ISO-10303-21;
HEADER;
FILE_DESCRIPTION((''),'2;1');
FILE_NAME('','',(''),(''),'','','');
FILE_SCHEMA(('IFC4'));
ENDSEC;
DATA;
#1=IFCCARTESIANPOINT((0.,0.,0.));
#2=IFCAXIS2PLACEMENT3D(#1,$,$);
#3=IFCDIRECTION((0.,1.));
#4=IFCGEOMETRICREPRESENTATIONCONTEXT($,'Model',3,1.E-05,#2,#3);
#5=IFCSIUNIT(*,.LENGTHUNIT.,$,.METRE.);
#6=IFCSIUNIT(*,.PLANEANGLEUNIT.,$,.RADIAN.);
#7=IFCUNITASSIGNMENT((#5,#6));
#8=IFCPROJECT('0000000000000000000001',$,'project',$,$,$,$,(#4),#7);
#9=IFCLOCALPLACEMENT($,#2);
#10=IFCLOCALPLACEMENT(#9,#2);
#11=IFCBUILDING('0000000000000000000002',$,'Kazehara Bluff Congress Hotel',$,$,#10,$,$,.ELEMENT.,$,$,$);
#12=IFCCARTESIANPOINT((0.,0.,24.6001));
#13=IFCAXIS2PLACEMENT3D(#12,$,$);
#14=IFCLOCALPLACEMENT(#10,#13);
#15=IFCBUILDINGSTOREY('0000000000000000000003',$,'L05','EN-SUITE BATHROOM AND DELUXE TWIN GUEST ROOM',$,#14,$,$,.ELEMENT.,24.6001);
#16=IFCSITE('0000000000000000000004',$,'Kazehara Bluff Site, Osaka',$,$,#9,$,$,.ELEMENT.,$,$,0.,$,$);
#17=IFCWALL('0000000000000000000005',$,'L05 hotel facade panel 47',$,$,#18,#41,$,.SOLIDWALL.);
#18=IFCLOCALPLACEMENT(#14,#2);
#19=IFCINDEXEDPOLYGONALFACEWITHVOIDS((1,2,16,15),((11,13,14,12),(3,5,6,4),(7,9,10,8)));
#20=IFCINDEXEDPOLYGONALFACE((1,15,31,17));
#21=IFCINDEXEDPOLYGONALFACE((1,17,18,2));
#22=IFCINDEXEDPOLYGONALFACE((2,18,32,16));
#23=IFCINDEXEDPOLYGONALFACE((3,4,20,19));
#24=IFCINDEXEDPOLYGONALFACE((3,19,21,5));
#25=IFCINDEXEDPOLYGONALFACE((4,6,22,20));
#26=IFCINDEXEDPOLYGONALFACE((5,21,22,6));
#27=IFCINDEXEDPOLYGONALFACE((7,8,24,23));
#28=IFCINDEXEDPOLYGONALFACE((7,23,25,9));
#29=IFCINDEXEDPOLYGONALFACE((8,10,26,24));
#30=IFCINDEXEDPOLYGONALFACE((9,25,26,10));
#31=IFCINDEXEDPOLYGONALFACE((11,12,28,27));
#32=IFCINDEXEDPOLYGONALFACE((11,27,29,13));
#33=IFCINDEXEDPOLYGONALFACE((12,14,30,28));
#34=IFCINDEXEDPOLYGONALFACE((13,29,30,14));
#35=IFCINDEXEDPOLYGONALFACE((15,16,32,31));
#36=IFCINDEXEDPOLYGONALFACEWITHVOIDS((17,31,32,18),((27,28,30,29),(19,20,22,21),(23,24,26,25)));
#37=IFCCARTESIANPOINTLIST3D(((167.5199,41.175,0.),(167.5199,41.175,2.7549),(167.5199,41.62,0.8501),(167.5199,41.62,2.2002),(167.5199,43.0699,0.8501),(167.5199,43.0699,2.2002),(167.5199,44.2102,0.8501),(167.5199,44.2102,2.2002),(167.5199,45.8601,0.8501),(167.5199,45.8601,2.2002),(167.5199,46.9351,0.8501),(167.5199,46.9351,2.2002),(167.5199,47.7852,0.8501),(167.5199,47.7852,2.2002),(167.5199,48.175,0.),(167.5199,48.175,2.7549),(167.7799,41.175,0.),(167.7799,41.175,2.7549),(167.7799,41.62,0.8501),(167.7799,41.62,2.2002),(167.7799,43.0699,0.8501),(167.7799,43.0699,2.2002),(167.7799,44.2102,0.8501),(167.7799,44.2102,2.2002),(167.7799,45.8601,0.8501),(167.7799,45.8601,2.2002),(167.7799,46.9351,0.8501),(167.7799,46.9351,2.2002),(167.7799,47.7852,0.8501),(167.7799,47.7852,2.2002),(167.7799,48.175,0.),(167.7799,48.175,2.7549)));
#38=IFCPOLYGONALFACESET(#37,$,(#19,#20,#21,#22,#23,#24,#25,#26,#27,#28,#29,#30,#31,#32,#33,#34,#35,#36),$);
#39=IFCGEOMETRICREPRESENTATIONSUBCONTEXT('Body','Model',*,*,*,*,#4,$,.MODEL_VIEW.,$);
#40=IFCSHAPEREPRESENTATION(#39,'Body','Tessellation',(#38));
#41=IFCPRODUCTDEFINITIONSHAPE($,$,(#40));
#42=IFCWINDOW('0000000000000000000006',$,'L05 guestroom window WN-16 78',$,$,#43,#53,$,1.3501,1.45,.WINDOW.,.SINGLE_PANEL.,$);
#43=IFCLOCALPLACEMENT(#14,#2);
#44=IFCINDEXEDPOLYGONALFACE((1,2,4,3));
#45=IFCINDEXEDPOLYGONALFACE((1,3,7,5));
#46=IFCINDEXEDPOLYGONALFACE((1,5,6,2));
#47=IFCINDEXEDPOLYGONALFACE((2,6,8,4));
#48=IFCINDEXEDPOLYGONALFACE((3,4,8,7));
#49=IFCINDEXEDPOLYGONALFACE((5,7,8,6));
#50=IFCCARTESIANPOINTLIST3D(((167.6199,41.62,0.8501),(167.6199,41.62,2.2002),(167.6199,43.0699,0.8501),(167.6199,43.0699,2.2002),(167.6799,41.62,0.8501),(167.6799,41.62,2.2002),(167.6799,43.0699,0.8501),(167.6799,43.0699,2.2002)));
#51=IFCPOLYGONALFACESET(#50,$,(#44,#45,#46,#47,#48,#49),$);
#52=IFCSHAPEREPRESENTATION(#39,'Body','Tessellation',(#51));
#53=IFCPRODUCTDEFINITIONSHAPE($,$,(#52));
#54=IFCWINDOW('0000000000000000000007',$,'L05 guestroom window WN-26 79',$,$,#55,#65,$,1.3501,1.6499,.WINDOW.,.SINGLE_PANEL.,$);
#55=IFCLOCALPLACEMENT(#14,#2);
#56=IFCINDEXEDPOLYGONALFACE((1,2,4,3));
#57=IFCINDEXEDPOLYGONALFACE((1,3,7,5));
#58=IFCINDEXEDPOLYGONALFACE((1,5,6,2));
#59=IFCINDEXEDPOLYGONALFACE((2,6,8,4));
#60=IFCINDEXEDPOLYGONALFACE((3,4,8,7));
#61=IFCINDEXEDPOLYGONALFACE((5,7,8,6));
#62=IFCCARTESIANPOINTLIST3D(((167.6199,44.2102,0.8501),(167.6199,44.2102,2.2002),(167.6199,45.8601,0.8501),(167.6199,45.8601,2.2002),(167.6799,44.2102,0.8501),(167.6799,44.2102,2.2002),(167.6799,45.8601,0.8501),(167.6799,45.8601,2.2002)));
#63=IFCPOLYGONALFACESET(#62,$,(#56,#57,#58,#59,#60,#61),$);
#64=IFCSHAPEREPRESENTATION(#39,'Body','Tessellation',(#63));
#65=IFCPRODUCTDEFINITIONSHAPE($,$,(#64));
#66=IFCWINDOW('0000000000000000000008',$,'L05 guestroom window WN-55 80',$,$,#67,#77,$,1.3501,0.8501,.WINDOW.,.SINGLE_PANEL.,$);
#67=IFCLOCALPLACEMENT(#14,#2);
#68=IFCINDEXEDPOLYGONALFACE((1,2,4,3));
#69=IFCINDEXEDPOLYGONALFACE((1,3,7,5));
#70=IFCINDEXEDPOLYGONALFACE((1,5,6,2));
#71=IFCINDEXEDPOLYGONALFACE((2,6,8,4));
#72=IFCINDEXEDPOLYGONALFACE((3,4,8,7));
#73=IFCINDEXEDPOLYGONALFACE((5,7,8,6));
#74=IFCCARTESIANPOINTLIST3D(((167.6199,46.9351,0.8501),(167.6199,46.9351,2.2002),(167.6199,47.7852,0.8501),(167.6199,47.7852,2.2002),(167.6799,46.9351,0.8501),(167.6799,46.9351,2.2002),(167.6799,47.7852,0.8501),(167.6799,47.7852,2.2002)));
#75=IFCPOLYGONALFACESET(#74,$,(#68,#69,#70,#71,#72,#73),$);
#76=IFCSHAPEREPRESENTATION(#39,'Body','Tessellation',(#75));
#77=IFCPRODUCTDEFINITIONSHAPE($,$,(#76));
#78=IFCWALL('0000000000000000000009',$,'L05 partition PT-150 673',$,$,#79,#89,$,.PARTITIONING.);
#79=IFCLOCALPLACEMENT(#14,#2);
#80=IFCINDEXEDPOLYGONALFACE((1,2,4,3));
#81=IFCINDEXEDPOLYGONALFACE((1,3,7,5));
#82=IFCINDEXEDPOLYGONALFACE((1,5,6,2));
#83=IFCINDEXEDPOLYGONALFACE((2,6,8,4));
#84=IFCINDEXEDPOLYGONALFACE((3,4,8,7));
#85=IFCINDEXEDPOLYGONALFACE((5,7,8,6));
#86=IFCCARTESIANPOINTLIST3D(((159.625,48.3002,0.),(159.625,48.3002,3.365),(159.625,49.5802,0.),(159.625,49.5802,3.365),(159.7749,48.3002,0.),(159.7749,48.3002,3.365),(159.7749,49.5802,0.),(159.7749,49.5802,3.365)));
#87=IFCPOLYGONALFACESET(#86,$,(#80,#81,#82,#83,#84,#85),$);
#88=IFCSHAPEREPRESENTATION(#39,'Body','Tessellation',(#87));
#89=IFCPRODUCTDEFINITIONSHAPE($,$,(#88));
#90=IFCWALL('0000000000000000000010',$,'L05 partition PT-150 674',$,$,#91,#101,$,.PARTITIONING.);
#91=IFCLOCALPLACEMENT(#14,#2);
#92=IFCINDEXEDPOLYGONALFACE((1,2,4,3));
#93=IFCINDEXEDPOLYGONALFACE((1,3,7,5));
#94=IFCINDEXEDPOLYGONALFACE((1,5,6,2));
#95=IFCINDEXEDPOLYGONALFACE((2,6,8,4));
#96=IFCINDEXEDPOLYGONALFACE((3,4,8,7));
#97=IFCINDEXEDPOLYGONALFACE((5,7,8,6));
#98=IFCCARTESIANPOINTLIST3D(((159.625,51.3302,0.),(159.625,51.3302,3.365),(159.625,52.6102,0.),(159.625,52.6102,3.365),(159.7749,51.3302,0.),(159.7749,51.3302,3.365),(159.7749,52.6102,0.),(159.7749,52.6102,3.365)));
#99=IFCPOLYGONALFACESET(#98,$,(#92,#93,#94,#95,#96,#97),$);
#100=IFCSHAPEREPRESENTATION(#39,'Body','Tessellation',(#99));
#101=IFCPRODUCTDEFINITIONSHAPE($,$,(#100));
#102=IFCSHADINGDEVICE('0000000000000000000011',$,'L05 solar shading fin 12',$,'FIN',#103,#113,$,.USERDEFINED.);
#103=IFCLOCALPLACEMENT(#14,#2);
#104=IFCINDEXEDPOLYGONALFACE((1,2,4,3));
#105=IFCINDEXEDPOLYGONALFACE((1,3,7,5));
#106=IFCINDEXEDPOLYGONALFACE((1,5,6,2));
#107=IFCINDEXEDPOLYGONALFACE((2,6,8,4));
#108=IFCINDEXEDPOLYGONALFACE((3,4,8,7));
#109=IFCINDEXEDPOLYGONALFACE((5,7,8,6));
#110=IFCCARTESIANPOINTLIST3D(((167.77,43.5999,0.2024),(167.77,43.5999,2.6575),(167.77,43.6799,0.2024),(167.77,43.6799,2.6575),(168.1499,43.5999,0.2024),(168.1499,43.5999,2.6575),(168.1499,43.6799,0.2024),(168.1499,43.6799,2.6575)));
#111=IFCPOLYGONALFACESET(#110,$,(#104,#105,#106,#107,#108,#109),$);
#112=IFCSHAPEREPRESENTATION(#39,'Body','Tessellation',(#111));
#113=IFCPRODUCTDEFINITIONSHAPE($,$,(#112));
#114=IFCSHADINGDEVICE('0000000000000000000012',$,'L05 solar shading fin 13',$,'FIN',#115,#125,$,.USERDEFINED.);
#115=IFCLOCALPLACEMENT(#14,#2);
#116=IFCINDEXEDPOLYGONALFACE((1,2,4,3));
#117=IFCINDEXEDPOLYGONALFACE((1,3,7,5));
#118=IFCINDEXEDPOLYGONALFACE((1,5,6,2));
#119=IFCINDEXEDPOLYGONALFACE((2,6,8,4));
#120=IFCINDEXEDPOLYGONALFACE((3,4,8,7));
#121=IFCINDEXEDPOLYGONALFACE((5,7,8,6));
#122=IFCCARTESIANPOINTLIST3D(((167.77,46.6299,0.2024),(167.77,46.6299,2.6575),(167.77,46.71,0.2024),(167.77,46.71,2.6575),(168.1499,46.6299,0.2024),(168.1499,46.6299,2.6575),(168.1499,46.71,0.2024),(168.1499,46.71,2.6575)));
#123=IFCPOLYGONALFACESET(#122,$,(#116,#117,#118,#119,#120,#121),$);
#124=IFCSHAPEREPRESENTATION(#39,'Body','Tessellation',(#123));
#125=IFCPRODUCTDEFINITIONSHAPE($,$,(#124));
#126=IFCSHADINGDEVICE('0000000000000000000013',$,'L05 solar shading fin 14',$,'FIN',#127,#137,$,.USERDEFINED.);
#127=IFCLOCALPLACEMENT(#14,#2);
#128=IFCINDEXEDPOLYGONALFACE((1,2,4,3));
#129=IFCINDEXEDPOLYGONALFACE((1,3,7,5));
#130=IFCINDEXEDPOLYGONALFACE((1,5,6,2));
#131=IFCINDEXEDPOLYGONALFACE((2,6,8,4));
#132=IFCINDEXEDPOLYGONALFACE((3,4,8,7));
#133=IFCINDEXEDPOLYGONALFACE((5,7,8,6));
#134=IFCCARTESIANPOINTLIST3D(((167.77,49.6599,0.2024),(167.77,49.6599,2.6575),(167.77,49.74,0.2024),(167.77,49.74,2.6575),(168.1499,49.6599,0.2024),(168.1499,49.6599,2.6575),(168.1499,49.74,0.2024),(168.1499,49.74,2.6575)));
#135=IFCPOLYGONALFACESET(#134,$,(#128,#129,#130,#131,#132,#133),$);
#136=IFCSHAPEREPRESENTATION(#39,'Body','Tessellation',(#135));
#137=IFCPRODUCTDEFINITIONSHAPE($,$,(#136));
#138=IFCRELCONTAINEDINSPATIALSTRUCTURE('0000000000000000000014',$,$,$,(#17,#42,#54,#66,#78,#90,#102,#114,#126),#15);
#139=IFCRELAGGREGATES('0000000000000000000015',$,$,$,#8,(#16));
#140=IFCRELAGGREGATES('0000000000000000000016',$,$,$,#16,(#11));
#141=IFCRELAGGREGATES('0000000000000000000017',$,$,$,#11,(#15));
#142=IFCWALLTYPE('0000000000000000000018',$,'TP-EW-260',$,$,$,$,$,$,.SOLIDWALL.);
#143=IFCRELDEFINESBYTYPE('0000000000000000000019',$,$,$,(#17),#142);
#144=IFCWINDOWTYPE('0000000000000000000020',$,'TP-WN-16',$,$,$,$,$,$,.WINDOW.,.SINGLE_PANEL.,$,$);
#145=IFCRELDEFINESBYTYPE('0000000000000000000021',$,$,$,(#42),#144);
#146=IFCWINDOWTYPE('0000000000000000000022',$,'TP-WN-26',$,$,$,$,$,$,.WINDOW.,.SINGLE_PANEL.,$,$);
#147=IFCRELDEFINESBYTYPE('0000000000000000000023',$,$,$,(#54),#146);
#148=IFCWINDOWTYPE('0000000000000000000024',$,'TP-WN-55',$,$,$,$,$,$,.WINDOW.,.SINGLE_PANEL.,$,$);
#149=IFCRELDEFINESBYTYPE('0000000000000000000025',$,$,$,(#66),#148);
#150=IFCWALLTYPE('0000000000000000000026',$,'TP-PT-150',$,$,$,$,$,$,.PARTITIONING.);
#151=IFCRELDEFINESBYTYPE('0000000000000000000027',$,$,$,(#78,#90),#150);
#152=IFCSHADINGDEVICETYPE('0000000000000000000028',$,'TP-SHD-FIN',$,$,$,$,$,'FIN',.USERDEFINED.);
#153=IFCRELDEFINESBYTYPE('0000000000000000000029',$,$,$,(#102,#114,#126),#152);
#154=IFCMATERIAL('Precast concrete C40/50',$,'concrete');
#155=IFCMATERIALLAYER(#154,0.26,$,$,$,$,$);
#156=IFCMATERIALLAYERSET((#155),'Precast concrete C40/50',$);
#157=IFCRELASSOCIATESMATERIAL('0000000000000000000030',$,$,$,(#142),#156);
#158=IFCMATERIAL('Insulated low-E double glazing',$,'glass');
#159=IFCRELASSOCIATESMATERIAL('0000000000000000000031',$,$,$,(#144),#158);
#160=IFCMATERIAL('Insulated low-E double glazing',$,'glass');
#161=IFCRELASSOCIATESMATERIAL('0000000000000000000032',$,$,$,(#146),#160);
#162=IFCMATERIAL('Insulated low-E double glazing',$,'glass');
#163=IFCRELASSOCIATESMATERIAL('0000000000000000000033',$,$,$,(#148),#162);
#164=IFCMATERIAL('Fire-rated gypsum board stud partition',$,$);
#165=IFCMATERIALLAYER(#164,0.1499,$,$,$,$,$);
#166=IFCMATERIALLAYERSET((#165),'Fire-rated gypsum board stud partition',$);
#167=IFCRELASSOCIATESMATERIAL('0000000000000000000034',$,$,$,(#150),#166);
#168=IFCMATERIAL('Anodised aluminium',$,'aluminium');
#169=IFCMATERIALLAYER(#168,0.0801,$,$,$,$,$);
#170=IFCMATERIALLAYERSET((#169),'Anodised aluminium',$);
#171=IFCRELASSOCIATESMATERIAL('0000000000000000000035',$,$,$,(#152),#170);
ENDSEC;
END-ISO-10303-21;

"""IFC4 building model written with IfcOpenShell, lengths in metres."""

from ifc_helpers import new_model, si_unit, direction, frame, frame_2d, origin, origin_2d, place, context, subcontext, project, spatial, rectangle, extrude, material, layer, layer_set, type_object, element, fill, save


model = new_model("IFC4")

# Units and contexts
model_context = context("Model", 3, precision=1e-05, world=origin(), true_north=direction((0.0, 1.0)))
body_context = subcontext(model_context, "Body", "Model", "MODEL_VIEW")
ifc_project = project(units=[si_unit("LENGTHUNIT", "METRE"), si_unit("PLANEANGLEUNIT", "RADIAN")], contexts=[model_context])

# Site, building, storey
site_placement = place(None, origin())
site = spatial("IfcSite", under=ifc_project, at=site_placement, Name="Kazehara Bluff Site, Osaka", CompositionType="ELEMENT", RefElevation=0.0)
building_placement = place(site_placement, origin())
building = spatial("IfcBuilding", under=site, at=building_placement, Name="Kazehara Bluff Congress Hotel", CompositionType="ELEMENT")
storey_placement = place(building_placement, frame((0.0, 0.0, 24.6001)))
storey = spatial("IfcBuildingStorey", under=building, at=storey_placement, Name="L05", Description="EN-SUITE BATHROOM AND DELUXE TWIN GUEST ROOM", CompositionType="ELEMENT", Elevation=24.6001)

# Wall, openings, windows
ifc_material_1 = material(Name="Precast concrete C40/50", Category="concrete")
ifc_layer_1 = layer(ifc_material_1, 0.26)
ifc_layer_set_1 = layer_set([ifc_layer_1], Name="Precast concrete C40/50")
wall_type_1 = type_object("IfcWallType", Name="TP-EW-260", PredefinedType="SOLIDWALL", material=ifc_layer_set_1)
wall_placement = place(storey_placement, frame((167.6499, 48.175, 0.0), z_axis=(0.0, 0.0, 1.0), x_axis=(0.0, -1.0, 0.0)))
wall = element("IfcWall", 1, at=wall_placement, inside=storey, type_object=wall_type_1, Name="L05 hotel facade panel 47", PredefinedType="SOLIDWALL", context=body_context, shape_type="SweptSolid", body=[
    extrude(rectangle(XDim=7.0, YDim=0.26, at=frame_2d((3.5, 0.0))), origin(), (0.0, 0.0, 1.0), 2.7549),
])
opening_1_placement = place(wall_placement, frame((5.105, 0.0, 0.8501)))
opening_1 = element("IfcOpeningElement", 2, at=opening_1_placement, cuts=wall, PredefinedType="OPENING", context=body_context, shape_type="SweptSolid", body=[
    extrude(rectangle(XDim=1.45, YDim=1.3501, at=frame_2d((0.7251, 0.675))), frame((0.0, 0.1399, 0.0), z_axis=(0.0, -1.0, 0.0), x_axis=(1.0, 0.0, 0.0)), (0.0, 0.0, 1.0), 0.28),
])
opening_2_placement = place(wall_placement, frame((2.3149, 0.0, 0.8501)))
opening_2 = element("IfcOpeningElement", 3, at=opening_2_placement, cuts=wall, PredefinedType="OPENING", context=body_context, shape_type="SweptSolid", body=[
    extrude(rectangle(XDim=1.6499, YDim=1.3501, at=frame_2d((0.825, 0.675))), frame((0.0, 0.1399, 0.0), z_axis=(0.0, -1.0, 0.0), x_axis=(1.0, 0.0, 0.0)), (0.0, 0.0, 1.0), 0.28),
])
opening_3_placement = place(wall_placement, frame((0.3899, 0.0, 0.8501)))
opening_3 = element("IfcOpeningElement", 4, at=opening_3_placement, cuts=wall, PredefinedType="OPENING", context=body_context, shape_type="SweptSolid", body=[
    extrude(rectangle(XDim=0.8501, YDim=1.3501, at=frame_2d((0.425, 0.675))), frame((0.0, 0.1399, 0.0), z_axis=(0.0, -1.0, 0.0), x_axis=(1.0, 0.0, 0.0)), (0.0, 0.0, 1.0), 0.28),
])
ifc_material_2 = material(Name="Insulated low-E double glazing", Category="glass")
window_type_1 = type_object("IfcWindowType", Name="TP-WN-16", PartitioningType="SINGLE_PANEL", PredefinedType="WINDOW", material=ifc_material_2)
window_1_placement = place(opening_1_placement, origin())
window_1 = element("IfcWindow", 5, at=window_1_placement, inside=storey, type_object=window_type_1, Name="L05 guestroom window WN-16 78", OverallHeight=1.3501, OverallWidth=1.45, PartitioningType="SINGLE_PANEL", PredefinedType="WINDOW", context=body_context, shape_type="SweptSolid", body=[
    extrude(rectangle(XDim=1.45, YDim=1.3501, at=frame_2d((0.7251, 0.675))), frame((0.0, 0.03, 0.0), z_axis=(0.0, -1.0, 0.0), x_axis=(1.0, 0.0, 0.0)), (0.0, 0.0, 1.0), 0.0601),
])
fill(opening_1, window_1)
ifc_material_3 = material(Name="Insulated low-E double glazing", Category="glass")
window_type_2 = type_object("IfcWindowType", Name="TP-WN-26", PartitioningType="SINGLE_PANEL", PredefinedType="WINDOW", material=ifc_material_3)
window_2_placement = place(opening_2_placement, origin())
window_2 = element("IfcWindow", 6, at=window_2_placement, inside=storey, type_object=window_type_2, Name="L05 guestroom window WN-26 79", OverallHeight=1.3501, OverallWidth=1.6499, PartitioningType="SINGLE_PANEL", PredefinedType="WINDOW", context=body_context, shape_type="SweptSolid", body=[
    extrude(rectangle(XDim=1.6499, YDim=1.3501, at=frame_2d((0.825, 0.675))), frame((0.0, 0.03, 0.0), z_axis=(0.0, -1.0, 0.0), x_axis=(1.0, 0.0, 0.0)), (0.0, 0.0, 1.0), 0.0601),
])
fill(opening_2, window_2)
ifc_material_4 = material(Name="Insulated low-E double glazing", Category="glass")
window_type_3 = type_object("IfcWindowType", Name="TP-WN-55", PartitioningType="SINGLE_PANEL", PredefinedType="WINDOW", material=ifc_material_4)
window_3_placement = place(opening_3_placement, origin())
window_3 = element("IfcWindow", 7, at=window_3_placement, inside=storey, type_object=window_type_3, Name="L05 guestroom window WN-55 80", OverallHeight=1.3501, OverallWidth=0.8501, PartitioningType="SINGLE_PANEL", PredefinedType="WINDOW", context=body_context, shape_type="SweptSolid", body=[
    extrude(rectangle(XDim=0.8501, YDim=1.3501, at=frame_2d((0.425, 0.675))), frame((0.0, 0.03, 0.0), z_axis=(0.0, -1.0, 0.0), x_axis=(1.0, 0.0, 0.0)), (0.0, 0.0, 1.0), 0.0601),
])
fill(opening_3, window_3)

# Walls
ifc_material_5 = material(Name="Fire-rated gypsum board stud partition")
ifc_layer_2 = layer(ifc_material_5, 0.1499)
ifc_layer_set_2 = layer_set([ifc_layer_2], Name="Fire-rated gypsum board stud partition")
wall_type_2 = type_object("IfcWallType", Name="TP-PT-150", PredefinedType="PARTITIONING", material=ifc_layer_set_2)
for number, where, z_axis, x_axis, name in (
    (8, (159.7, 48.3, 0.0), (0.0, 0.0, 1.0), (0.0, 1.0, 0.0), "L05 partition PT-150 673"),
    (9, (159.7, 51.3301, 0.0), (0.0, 0.0, 1.0), (0.0, 1.0, 0.0), "L05 partition PT-150 674"),
):
    element("IfcWall", number, at=place(storey_placement, frame(where, z_axis=z_axis, x_axis=x_axis)), inside=storey, type_object=wall_type_2, Name=name, PredefinedType="PARTITIONING", context=body_context, shape_type="SweptSolid", body=[
        extrude(rectangle(XDim=1.28, YDim=0.1499, at=frame_2d((0.6401, 0.0))), origin(), (0.0, 0.0, 1.0), 3.365),
    ])

# Shading devices
ifc_material_6 = material(Name="Anodised aluminium", Category="aluminium")
ifc_layer_3 = layer(ifc_material_6, 0.0801)
ifc_layer_set_3 = layer_set([ifc_layer_3], Name="Anodised aluminium")
shading_device_type = type_object("IfcShadingDeviceType", Name="TP-SHD-FIN", ElementType="FIN", PredefinedType="USERDEFINED", material=ifc_layer_set_3)
for number, where, z_axis, x_axis, name in (
    (10, (167.96, 43.6399, 0.2024), (0.0, 0.0, 1.0), (1.0, 0.0, 0.0), "L05 solar shading fin 12"),
    (11, (167.96, 46.6699, 0.2024), (0.0, 0.0, 1.0), (1.0, 0.0, 0.0), "L05 solar shading fin 13"),
    (12, (167.96, 49.7, 0.2024), (0.0, 0.0, 1.0), (1.0, 0.0, 0.0), "L05 solar shading fin 14"),
):
    element("IfcShadingDevice", number, at=place(storey_placement, frame(where, z_axis=z_axis, x_axis=x_axis)), inside=storey, type_object=shading_device_type, Name=name, ObjectType="FIN", PredefinedType="USERDEFINED", context=body_context, shape_type="SweptSolid", body=[
        extrude(rectangle(XDim=0.3799, YDim=0.0801, at=origin_2d()), origin(), (0.0, 0.0, 1.0), 2.4551),
    ])

save(model, "model.ifc")
